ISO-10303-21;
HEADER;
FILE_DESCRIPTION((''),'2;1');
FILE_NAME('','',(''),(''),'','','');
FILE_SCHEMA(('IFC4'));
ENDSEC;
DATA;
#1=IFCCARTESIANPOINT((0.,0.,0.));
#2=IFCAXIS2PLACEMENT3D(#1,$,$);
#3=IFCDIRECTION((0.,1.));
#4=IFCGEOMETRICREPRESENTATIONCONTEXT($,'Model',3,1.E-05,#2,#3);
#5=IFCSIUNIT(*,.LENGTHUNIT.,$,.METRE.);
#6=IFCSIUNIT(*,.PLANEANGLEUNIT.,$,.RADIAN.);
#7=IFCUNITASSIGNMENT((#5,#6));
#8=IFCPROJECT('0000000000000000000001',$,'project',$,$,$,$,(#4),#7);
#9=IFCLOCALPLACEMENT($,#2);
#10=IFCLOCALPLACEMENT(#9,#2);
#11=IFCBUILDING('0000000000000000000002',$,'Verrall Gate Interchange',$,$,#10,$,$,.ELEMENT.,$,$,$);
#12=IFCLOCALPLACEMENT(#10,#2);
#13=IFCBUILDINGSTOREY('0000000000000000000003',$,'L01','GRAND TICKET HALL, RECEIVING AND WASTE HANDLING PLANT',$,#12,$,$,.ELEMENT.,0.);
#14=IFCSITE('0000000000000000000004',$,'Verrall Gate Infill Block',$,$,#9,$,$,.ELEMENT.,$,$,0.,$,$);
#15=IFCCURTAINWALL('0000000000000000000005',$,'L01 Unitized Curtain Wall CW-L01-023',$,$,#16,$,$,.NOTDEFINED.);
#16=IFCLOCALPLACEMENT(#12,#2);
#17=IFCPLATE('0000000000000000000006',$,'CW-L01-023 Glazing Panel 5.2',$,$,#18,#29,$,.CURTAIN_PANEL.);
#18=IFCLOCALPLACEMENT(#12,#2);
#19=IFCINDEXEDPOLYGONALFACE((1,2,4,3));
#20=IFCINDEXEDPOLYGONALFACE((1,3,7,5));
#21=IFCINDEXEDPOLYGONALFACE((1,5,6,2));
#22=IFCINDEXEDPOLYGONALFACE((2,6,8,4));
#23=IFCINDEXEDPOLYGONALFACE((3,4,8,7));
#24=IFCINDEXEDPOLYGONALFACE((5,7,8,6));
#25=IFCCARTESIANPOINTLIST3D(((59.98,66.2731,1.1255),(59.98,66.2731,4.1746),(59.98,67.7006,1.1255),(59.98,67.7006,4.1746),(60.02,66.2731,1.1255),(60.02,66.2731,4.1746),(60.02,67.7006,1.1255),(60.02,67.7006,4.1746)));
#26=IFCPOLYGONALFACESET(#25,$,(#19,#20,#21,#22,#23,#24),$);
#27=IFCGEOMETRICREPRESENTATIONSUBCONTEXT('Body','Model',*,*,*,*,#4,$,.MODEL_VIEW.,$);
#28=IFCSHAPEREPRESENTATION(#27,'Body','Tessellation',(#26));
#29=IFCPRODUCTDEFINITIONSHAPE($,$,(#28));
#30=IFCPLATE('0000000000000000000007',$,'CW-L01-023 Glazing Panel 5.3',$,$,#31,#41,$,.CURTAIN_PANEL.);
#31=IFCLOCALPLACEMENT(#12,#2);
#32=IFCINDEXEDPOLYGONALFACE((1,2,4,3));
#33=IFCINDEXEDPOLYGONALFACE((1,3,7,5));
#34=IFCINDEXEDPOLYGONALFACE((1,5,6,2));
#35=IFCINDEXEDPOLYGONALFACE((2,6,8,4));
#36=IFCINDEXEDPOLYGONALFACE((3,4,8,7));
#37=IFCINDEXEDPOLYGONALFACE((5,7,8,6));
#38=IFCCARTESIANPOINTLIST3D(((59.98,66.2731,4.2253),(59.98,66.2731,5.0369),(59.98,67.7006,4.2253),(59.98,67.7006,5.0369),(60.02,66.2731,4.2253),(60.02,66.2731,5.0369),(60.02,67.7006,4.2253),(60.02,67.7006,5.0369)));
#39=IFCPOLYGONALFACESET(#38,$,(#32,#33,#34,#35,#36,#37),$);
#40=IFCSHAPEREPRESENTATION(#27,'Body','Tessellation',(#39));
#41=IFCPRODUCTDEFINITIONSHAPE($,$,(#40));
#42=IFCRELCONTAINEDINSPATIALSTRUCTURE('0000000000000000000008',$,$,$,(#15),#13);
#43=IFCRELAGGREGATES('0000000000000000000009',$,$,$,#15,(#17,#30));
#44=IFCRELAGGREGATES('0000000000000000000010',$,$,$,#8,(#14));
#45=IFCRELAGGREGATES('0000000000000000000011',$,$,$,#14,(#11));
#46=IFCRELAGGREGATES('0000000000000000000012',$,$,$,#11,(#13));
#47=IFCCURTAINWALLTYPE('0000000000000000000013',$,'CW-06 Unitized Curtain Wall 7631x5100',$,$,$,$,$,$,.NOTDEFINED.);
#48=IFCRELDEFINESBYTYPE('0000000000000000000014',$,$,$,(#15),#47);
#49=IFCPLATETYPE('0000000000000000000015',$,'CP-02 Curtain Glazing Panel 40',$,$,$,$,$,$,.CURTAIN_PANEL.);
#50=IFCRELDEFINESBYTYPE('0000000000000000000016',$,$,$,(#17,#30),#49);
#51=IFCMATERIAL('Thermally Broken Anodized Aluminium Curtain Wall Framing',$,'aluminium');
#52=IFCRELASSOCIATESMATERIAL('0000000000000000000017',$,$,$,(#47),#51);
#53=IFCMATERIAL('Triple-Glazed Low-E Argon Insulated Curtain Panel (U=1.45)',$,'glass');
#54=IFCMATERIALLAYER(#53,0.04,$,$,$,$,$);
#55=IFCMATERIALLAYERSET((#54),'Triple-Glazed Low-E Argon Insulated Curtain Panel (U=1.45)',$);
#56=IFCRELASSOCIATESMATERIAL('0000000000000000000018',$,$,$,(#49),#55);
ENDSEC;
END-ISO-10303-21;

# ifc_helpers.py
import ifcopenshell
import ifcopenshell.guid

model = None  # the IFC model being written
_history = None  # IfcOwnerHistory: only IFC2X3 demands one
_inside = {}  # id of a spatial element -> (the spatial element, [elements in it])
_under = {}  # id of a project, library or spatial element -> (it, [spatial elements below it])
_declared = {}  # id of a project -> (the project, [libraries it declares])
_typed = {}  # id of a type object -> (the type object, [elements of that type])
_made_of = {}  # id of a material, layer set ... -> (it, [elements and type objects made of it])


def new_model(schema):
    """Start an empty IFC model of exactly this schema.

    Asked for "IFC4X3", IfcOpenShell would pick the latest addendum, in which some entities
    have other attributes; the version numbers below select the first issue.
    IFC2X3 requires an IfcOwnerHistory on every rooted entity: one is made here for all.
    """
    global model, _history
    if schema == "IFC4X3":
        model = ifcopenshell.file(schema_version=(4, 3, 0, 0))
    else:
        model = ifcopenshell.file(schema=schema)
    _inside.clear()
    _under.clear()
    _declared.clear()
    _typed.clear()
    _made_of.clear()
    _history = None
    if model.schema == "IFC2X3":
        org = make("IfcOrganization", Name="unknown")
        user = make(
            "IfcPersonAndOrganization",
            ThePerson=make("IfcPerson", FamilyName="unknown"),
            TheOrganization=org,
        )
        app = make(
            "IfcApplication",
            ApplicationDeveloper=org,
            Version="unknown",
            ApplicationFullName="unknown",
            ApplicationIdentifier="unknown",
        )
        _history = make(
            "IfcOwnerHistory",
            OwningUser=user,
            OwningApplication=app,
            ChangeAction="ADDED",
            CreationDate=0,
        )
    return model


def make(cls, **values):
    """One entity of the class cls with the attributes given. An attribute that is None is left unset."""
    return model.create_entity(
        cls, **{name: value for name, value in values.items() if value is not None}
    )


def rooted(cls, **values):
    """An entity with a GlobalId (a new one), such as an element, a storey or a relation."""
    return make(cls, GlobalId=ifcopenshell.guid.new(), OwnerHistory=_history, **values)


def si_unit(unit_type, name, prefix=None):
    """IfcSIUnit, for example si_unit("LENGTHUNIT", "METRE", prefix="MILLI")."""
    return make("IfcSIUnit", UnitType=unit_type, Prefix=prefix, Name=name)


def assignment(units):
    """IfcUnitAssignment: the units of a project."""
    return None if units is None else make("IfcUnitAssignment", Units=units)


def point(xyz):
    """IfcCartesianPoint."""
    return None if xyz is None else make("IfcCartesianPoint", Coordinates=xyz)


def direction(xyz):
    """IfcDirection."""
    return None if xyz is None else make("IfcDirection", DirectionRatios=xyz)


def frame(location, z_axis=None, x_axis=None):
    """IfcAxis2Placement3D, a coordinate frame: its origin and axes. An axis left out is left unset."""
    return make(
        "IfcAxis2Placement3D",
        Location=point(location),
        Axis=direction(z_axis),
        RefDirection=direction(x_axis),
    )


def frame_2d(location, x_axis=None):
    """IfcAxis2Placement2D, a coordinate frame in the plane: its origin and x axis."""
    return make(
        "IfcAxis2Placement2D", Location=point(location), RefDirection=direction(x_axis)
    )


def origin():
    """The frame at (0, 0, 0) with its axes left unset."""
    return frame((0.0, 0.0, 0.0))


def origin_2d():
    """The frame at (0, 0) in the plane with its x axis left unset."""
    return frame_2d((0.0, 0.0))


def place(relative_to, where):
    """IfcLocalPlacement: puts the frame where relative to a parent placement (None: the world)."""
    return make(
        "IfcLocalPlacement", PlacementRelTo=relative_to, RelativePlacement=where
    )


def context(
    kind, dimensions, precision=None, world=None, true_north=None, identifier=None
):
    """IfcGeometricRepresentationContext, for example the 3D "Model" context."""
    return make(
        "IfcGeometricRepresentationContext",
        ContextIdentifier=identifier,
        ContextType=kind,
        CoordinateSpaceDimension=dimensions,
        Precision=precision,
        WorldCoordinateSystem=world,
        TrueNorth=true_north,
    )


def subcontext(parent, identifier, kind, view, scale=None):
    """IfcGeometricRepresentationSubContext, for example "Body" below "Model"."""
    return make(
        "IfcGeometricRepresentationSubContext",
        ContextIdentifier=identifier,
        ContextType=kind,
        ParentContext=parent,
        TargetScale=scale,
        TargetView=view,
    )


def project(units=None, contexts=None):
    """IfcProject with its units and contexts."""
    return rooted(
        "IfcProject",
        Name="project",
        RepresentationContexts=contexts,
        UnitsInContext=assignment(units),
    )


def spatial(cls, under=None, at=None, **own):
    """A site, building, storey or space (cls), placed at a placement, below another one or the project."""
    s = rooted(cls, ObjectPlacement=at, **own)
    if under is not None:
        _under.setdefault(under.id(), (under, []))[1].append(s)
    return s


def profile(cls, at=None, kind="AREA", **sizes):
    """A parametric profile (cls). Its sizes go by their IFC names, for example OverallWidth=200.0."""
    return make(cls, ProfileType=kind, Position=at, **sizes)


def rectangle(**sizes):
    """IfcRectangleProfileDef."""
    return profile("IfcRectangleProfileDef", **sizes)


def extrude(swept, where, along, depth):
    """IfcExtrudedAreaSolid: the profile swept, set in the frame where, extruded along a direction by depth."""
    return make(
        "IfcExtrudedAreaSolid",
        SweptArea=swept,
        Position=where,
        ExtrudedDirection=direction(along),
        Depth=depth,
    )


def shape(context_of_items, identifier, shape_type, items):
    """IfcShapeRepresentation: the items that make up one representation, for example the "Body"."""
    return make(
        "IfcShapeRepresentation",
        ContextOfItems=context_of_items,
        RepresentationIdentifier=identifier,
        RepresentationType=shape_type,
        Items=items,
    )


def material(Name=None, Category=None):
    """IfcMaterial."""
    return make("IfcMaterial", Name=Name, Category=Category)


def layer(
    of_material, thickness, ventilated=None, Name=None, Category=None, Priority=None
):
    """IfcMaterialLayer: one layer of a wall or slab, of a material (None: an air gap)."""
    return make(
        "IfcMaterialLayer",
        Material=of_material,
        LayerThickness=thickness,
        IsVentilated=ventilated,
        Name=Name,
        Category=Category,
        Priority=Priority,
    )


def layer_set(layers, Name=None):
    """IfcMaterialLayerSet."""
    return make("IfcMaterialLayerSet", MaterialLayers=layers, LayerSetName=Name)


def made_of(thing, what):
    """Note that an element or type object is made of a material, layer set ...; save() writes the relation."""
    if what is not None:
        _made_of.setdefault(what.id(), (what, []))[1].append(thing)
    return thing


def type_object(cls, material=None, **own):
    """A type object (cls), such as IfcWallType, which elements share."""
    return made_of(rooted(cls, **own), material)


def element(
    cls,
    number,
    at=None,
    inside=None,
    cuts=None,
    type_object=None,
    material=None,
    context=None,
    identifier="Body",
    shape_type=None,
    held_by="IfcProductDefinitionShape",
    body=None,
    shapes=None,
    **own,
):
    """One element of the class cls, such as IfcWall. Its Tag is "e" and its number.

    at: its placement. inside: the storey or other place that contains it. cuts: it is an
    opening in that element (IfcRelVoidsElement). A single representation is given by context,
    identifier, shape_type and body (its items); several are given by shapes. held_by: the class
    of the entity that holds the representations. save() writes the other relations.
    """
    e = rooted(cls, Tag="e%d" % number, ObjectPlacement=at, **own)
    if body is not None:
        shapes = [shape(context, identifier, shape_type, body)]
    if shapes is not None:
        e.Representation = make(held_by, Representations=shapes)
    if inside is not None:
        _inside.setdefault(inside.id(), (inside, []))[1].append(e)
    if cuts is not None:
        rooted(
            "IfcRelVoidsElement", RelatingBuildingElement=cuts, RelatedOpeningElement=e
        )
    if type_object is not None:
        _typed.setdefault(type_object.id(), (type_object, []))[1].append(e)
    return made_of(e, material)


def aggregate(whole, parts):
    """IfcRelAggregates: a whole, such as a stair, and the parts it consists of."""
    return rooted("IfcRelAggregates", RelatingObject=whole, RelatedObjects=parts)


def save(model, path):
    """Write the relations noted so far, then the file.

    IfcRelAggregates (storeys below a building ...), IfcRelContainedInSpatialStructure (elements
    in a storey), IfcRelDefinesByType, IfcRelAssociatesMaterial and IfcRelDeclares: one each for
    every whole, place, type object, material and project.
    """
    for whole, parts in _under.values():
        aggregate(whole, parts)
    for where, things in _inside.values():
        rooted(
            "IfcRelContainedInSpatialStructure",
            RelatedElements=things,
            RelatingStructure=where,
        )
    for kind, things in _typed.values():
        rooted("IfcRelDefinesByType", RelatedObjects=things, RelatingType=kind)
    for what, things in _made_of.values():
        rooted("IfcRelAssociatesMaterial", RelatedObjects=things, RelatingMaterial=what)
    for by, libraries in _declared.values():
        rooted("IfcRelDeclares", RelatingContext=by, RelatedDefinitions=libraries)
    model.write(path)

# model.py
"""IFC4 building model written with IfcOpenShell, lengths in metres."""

from ifc_helpers import new_model, si_unit, direction, frame, origin, origin_2d, place, context, subcontext, project, spatial, rectangle, extrude, material, layer, layer_set, type_object, element, aggregate, save


model = new_model("IFC4")

# Units and contexts
model_context = context("Model", 3, precision=1e-05, world=origin(), true_north=direction((0.0, 1.0)))
body_context = subcontext(model_context, "Body", "Model", "MODEL_VIEW")
ifc_project = project(units=[si_unit("LENGTHUNIT", "METRE"), si_unit("PLANEANGLEUNIT", "RADIAN")], contexts=[model_context])

# Site, building, storey
site_placement = place(None, origin())
site = spatial("IfcSite", under=ifc_project, at=site_placement, Name="Verrall Gate Infill Block", CompositionType="ELEMENT", RefElevation=0.0)
building_placement = place(site_placement, origin())
building = spatial("IfcBuilding", under=site, at=building_placement, Name="Verrall Gate Interchange", CompositionType="ELEMENT")
storey_placement = place(building_placement, origin())
storey = spatial("IfcBuildingStorey", under=building, at=storey_placement, Name="L01", Description="GRAND TICKET HALL, RECEIVING AND WASTE HANDLING PLANT", CompositionType="ELEMENT", Elevation=0.0)

# Curtain wall
ifc_material_1 = material(Name="Thermally Broken Anodized Aluminium Curtain Wall Framing", Category="aluminium")
curtain_wall_type_1 = type_object("IfcCurtainWallType", Name="CW-06 Unitized Curtain Wall 7631x5100", PredefinedType="NOTDEFINED", material=ifc_material_1)
curtain_wall_1_placement = place(storey_placement, origin())
curtain_wall_1 = element("IfcCurtainWall", 1, at=curtain_wall_1_placement, inside=storey, type_object=curtain_wall_type_1, Name="L01 Unitized Curtain Wall CW-L01-023", PredefinedType="NOTDEFINED")

# Plates
ifc_material_2 = material(Name="Triple-Glazed Low-E Argon Insulated Curtain Panel (U=1.45)", Category="glass")
ifc_layer_1 = layer(ifc_material_2, 0.04)
ifc_layer_set_1 = layer_set([ifc_layer_1], Name="Triple-Glazed Low-E Argon Insulated Curtain Panel (U=1.45)")
plate_type_1 = type_object("IfcPlateType", Name="CP-02 Curtain Glazing Panel 40", PredefinedType="CURTAIN_PANEL", material=ifc_layer_set_1)
plate_1_placement = place(storey_placement, frame((60.0, 66.9868, 1.1255), z_axis=(0.0, 0.0, 1.0), x_axis=(0.0, -1.0, 0.0)))
plate_1 = element("IfcPlate", 2, at=plate_1_placement, type_object=plate_type_1, Name="CW-L01-023 Glazing Panel 5.2", PredefinedType="CURTAIN_PANEL", context=body_context, shape_type="SweptSolid", body=[
    extrude(rectangle(XDim=1.4275, YDim=0.04, at=origin_2d()), origin(), (0.0, 0.0, 1.0), 3.0491),
])
plate_2_placement = place(storey_placement, frame((60.0, 66.9868, 4.2253), z_axis=(0.0, 0.0, 1.0), x_axis=(0.0, -1.0, 0.0)))
plate_2 = element("IfcPlate", 3, at=plate_2_placement, type_object=plate_type_1, Name="CW-L01-023 Glazing Panel 5.3", PredefinedType="CURTAIN_PANEL", context=body_context, shape_type="SweptSolid", body=[
    extrude(rectangle(XDim=1.4275, YDim=0.04, at=origin_2d()), origin(), (0.0, 0.0, 1.0), 0.8115),
])
aggregate(curtain_wall_1, [plate_1, plate_2])

save(model, "model.ifc")
